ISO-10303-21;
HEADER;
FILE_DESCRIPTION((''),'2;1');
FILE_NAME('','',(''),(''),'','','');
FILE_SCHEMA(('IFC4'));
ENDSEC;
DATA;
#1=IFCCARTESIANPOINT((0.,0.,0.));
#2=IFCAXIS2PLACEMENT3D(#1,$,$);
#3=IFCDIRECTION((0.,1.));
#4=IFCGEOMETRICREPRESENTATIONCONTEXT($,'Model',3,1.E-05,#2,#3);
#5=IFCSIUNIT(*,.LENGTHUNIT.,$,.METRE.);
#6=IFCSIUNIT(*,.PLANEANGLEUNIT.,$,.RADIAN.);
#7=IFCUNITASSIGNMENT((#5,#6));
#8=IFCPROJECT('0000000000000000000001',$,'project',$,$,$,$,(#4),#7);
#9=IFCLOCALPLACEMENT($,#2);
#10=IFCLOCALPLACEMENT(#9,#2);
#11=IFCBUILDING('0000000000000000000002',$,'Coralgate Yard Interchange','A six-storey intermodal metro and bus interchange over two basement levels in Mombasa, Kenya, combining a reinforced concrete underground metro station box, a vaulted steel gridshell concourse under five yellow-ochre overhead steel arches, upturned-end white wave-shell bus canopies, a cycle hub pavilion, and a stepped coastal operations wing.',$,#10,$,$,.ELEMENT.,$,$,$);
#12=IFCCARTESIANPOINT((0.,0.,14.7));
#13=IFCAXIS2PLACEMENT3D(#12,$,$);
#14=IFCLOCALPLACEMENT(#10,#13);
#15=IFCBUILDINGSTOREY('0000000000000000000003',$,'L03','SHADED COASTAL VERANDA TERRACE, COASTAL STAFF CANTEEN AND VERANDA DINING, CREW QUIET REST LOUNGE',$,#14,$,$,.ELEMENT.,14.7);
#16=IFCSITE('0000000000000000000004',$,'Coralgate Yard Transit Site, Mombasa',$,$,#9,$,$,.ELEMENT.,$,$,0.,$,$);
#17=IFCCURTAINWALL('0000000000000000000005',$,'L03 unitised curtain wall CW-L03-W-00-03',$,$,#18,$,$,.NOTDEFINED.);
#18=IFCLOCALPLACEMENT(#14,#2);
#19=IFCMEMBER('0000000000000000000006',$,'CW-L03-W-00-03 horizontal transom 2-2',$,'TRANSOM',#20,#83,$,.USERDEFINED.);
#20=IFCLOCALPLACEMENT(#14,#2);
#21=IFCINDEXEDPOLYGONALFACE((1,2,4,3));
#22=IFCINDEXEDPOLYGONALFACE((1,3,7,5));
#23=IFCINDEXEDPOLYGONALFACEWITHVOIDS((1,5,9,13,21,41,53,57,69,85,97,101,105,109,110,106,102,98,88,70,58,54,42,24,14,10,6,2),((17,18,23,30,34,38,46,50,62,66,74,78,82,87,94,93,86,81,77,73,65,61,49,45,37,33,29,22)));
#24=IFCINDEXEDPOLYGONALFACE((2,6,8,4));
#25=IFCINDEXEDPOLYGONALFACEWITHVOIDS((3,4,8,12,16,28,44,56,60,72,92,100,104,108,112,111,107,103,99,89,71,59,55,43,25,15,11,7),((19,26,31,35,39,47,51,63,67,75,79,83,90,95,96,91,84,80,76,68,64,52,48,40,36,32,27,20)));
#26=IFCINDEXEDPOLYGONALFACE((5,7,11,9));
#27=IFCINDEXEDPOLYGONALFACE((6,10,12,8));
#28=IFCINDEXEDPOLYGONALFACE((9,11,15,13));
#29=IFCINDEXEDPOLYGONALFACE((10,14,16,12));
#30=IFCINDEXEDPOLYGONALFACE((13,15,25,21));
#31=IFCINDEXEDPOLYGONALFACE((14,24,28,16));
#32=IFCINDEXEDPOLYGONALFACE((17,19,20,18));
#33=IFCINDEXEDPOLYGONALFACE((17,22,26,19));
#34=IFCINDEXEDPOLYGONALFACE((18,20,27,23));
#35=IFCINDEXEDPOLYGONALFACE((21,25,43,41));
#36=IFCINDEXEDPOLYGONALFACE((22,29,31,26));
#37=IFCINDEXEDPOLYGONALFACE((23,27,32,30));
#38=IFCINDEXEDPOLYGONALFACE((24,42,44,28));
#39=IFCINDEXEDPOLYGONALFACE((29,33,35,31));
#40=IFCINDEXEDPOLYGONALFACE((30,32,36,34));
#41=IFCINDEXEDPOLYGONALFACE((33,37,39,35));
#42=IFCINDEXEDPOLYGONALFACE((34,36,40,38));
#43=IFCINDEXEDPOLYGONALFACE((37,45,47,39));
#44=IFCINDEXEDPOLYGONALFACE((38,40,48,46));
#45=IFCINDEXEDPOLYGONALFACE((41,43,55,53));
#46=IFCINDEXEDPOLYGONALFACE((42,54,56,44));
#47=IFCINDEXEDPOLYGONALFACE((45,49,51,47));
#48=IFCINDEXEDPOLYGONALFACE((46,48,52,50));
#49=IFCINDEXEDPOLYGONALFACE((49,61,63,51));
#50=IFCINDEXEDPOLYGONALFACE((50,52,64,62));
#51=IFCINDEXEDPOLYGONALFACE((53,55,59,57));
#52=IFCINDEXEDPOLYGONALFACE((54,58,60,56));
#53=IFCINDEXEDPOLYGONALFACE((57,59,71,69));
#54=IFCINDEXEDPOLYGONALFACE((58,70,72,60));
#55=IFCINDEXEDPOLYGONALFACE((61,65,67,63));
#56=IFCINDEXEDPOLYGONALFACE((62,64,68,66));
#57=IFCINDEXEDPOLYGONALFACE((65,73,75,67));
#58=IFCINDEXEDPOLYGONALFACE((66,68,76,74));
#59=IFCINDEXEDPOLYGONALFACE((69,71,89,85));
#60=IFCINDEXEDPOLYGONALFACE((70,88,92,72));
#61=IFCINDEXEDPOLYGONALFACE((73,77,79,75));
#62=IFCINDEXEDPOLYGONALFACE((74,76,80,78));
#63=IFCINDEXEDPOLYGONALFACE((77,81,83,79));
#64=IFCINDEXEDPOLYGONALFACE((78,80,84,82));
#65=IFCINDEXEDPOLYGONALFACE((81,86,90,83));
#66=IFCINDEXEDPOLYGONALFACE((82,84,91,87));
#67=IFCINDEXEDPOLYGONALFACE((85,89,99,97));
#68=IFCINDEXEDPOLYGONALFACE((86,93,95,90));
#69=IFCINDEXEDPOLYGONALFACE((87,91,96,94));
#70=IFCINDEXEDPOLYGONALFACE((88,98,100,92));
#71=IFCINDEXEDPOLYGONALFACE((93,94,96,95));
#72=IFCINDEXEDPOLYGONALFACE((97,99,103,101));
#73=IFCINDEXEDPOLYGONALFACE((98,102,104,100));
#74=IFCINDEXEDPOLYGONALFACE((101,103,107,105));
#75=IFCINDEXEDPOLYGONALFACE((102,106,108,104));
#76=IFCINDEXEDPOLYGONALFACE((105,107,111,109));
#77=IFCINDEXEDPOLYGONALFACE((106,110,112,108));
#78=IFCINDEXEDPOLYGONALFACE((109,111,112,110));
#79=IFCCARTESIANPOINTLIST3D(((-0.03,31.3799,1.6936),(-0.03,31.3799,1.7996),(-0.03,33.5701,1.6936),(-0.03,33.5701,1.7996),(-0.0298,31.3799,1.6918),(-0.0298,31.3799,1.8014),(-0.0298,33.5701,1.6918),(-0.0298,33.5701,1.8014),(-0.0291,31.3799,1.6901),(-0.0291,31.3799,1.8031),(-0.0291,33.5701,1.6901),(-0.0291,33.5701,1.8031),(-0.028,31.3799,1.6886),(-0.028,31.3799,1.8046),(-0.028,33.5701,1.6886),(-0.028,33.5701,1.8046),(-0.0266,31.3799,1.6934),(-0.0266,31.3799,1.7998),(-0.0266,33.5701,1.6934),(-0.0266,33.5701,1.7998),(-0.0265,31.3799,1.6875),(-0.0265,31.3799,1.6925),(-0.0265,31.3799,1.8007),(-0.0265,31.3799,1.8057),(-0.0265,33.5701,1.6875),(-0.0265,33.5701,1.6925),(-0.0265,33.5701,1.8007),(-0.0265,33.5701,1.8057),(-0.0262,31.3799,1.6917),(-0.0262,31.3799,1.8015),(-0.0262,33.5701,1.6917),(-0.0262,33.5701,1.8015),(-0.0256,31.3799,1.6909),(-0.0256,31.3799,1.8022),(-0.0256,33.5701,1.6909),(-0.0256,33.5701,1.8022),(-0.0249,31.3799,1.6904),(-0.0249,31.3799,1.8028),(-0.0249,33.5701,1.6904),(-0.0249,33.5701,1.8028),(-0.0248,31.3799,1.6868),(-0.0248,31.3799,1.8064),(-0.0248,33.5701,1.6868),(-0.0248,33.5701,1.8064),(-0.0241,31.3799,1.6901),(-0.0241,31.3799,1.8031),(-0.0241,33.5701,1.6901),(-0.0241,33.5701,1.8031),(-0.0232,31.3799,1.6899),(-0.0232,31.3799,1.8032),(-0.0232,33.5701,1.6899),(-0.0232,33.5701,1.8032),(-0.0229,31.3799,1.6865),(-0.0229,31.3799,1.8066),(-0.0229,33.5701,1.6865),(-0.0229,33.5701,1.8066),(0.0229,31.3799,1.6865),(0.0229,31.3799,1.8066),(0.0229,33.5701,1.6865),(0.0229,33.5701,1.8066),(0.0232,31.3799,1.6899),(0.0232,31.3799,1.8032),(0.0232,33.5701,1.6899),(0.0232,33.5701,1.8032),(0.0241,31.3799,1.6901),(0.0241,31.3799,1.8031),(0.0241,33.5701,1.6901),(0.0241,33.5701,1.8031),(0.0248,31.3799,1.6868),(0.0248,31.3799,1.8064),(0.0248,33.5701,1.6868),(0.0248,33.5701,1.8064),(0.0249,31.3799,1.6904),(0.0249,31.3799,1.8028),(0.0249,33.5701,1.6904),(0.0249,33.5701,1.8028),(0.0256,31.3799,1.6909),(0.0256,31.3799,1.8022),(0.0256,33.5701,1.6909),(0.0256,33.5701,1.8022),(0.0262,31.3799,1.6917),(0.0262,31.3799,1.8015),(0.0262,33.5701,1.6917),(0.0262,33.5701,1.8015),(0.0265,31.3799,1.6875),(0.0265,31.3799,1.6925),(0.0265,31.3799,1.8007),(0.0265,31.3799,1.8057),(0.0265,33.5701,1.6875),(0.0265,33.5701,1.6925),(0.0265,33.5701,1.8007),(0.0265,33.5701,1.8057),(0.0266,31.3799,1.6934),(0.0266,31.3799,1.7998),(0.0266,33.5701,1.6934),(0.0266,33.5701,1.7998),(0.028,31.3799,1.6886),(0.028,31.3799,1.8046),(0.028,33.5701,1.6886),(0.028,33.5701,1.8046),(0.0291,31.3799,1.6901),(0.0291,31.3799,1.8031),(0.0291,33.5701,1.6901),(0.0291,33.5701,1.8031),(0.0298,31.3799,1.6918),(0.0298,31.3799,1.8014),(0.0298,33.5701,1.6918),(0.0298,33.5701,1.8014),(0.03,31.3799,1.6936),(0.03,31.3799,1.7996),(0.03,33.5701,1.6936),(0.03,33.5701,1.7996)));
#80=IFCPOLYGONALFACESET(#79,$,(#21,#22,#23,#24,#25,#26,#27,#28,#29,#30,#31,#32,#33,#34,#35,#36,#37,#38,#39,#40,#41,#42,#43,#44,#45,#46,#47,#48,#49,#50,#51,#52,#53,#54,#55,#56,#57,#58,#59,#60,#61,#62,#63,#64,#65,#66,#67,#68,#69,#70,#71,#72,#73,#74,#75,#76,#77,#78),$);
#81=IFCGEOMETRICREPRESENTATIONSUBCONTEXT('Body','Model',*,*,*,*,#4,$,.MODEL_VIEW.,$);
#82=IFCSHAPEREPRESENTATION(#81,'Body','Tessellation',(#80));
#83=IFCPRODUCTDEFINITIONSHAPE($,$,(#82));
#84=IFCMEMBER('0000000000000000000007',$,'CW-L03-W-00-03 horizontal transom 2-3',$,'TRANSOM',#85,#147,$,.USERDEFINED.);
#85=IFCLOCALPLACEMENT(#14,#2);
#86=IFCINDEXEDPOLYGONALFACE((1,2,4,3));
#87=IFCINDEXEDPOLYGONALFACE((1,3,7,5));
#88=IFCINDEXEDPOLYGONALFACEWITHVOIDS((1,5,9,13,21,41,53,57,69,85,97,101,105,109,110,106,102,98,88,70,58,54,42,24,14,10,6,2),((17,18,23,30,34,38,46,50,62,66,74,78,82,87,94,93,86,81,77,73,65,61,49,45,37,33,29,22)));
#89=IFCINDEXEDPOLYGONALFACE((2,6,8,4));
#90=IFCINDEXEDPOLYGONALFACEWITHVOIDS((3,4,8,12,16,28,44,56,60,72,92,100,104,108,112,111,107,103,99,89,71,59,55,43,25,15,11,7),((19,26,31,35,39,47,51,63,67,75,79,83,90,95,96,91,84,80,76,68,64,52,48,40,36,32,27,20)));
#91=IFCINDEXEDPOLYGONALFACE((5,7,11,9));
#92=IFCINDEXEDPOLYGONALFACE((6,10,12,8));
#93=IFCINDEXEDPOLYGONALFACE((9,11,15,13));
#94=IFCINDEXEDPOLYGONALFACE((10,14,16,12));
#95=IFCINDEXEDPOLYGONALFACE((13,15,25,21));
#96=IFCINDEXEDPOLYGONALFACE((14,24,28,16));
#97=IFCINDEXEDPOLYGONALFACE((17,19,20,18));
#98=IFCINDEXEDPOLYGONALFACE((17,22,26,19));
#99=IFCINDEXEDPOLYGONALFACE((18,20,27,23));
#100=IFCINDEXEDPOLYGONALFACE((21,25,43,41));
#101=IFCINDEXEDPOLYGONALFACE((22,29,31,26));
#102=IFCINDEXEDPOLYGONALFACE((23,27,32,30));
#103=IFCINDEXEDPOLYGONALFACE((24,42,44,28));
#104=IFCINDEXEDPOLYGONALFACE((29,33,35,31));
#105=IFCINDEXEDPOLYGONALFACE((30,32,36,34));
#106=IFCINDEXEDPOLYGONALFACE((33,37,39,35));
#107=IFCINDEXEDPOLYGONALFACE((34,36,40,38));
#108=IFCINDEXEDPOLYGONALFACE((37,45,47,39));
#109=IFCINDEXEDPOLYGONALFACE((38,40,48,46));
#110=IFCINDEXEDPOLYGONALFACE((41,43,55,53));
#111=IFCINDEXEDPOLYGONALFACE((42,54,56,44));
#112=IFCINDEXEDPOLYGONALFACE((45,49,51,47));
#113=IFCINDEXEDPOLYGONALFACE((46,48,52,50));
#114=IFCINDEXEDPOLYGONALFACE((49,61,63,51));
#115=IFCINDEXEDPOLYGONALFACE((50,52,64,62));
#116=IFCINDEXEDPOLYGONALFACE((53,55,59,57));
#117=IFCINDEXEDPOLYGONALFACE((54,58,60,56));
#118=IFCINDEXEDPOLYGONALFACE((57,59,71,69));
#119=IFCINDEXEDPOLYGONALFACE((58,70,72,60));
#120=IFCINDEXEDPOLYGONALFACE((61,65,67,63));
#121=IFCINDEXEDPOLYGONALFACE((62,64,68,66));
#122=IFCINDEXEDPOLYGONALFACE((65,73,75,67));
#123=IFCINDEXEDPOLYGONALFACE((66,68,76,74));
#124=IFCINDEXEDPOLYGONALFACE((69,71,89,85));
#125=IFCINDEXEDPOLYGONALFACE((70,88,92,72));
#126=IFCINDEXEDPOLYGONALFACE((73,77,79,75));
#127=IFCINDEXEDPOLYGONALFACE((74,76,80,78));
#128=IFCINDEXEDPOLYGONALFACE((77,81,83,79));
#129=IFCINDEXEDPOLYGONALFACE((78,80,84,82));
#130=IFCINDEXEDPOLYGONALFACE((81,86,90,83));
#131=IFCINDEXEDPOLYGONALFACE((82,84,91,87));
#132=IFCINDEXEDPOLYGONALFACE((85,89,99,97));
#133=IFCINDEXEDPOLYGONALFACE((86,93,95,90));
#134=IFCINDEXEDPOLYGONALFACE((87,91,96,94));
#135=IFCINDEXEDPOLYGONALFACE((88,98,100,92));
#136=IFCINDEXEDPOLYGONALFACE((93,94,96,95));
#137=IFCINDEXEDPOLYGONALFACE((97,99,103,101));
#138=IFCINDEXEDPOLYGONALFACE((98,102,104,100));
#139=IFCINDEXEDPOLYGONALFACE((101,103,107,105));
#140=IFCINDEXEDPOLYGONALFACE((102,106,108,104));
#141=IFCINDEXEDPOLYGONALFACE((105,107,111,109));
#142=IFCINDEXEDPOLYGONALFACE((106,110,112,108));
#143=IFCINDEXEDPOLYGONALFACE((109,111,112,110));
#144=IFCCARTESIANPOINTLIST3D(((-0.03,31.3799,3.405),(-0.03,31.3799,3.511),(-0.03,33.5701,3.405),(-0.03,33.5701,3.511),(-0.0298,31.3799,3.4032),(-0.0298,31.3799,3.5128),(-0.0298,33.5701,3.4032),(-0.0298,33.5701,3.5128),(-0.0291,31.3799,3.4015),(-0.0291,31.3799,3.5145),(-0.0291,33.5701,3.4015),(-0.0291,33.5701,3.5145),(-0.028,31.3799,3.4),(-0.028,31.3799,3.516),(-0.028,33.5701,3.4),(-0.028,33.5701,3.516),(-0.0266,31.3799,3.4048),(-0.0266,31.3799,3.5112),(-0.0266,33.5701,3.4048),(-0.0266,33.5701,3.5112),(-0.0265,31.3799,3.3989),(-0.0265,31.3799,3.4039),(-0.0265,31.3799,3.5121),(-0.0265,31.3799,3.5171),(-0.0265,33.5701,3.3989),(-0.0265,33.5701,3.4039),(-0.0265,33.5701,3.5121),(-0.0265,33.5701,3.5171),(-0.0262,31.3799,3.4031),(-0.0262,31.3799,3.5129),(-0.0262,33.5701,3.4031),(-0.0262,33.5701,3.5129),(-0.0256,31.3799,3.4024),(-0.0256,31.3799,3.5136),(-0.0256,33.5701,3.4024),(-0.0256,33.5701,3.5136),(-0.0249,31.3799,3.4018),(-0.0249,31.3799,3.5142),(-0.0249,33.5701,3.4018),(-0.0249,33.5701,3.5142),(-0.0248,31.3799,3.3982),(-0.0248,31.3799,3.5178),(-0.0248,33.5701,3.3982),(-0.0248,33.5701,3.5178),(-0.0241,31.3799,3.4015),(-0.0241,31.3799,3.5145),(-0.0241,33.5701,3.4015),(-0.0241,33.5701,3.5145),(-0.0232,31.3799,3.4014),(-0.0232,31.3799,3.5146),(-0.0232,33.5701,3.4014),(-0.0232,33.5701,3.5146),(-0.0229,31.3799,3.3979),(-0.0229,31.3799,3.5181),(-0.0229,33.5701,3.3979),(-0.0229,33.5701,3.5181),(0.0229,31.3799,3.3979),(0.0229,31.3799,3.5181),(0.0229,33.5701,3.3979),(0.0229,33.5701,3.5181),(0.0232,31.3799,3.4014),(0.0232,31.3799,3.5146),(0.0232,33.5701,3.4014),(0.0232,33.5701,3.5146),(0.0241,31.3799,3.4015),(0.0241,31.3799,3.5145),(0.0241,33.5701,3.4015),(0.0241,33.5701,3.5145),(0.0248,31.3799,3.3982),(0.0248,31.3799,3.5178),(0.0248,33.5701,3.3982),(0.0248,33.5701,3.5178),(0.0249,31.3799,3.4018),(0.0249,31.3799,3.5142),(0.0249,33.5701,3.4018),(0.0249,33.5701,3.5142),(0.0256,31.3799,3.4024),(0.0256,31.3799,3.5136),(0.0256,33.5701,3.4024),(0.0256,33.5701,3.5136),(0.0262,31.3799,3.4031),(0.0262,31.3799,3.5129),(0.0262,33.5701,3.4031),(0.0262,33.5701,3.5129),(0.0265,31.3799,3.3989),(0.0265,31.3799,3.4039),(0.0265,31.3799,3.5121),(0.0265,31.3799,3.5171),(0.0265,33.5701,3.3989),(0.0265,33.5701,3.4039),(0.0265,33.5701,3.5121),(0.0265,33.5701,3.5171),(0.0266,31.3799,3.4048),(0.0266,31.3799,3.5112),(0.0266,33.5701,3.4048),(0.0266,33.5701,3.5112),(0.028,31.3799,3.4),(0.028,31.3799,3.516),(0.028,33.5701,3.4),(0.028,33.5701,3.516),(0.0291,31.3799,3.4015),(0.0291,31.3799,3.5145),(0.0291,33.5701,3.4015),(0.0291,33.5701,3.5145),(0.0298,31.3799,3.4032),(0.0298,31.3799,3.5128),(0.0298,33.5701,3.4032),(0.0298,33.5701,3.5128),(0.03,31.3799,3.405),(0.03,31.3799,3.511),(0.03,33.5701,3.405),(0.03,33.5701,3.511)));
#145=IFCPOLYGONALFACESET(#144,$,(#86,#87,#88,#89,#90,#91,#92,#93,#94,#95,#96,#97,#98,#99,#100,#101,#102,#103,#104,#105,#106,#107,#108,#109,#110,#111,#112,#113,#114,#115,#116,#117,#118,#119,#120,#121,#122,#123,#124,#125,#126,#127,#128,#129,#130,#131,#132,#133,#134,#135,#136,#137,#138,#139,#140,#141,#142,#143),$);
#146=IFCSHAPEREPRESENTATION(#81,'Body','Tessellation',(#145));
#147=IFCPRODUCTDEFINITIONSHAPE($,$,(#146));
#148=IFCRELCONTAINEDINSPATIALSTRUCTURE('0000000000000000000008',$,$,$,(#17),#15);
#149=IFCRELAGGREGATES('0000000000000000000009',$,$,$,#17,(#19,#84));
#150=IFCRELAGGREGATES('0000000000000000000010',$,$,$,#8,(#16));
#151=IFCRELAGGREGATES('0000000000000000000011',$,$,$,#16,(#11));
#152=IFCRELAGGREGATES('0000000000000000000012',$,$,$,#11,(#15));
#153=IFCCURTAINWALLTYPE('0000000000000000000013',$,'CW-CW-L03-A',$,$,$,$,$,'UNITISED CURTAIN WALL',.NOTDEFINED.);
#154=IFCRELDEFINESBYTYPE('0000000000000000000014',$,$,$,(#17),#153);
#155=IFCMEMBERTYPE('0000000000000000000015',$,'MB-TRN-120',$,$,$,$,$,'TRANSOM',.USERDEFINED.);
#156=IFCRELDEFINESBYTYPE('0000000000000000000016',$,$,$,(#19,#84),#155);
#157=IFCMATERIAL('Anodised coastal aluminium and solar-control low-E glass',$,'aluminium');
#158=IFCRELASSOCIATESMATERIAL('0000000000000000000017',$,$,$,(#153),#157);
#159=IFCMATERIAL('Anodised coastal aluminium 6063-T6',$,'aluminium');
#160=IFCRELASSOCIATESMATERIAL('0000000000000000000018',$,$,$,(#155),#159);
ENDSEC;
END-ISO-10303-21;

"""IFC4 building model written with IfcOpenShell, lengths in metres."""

from ifc_helpers import new_model, si_unit, direction, frame, origin, origin_2d, place, context, subcontext, project, spatial, hollow_rectangle, extrude, material, material_profile, profile_set, type_object, element, aggregate, save


model = new_model("IFC4")

# Units and contexts
model_context = context("Model", 3, precision=1e-05, world=origin(), true_north=direction((0.0, 1.0)))
body_context = subcontext(model_context, "Body", "Model", "MODEL_VIEW")
ifc_project = project(units=[si_unit("LENGTHUNIT", "METRE"), si_unit("PLANEANGLEUNIT", "RADIAN")], contexts=[model_context])

# Site, building, storey
site_placement = place(None, origin())
site = spatial("IfcSite", under=ifc_project, at=site_placement, Name="Coralgate Yard Transit Site, Mombasa", CompositionType="ELEMENT", RefElevation=0.0)
building_placement = place(site_placement, origin())
building = spatial("IfcBuilding", under=site, at=building_placement, Name="Coralgate Yard Interchange", Description="A six-storey intermodal metro and bus interchange over two basement levels in Mombasa, Kenya, combining a reinforced concrete underground metro station box, a vaulted steel gridshell concourse under five yellow-ochre overhead steel arches, upturned-end white wave-shell bus canopies, a cycle hub pavilion, and a stepped coastal operations wing.", CompositionType="ELEMENT")
storey_placement = place(building_placement, frame((0.0, 0.0, 14.7)))
storey = spatial("IfcBuildingStorey", under=building, at=storey_placement, Name="L03", Description="SHADED COASTAL VERANDA TERRACE, COASTAL STAFF CANTEEN AND VERANDA DINING, CREW QUIET REST LOUNGE", CompositionType="ELEMENT", Elevation=14.7)

# Curtain wall, members
ifc_material_1 = material(Name="Anodised coastal aluminium and solar-control low-E glass", Category="aluminium")
curtain_wall_type = type_object("IfcCurtainWallType", Name="CW-CW-L03-A", ElementType="UNITISED CURTAIN WALL", PredefinedType="NOTDEFINED", material=ifc_material_1)
curtain_wall_placement = place(storey_placement, origin())
curtain_wall = element("IfcCurtainWall", 1, at=curtain_wall_placement, inside=storey, type_object=curtain_wall_type, Name="L03 unitised curtain wall CW-L03-W-00-03", PredefinedType="NOTDEFINED")
ifc_material_2 = material(Name="Anodised coastal aluminium 6063-T6", Category="aluminium")
ifc_material_profile_1 = material_profile(ifc_material_2, hollow_rectangle(XDim=0.0601, YDim=0.1201, WallThickness=0.0034, InnerFilletRadius=0.0034, OuterFilletRadius=0.0071, at=origin_2d()), Name="ALU 60x120x3.5")
ifc_profile_set_1 = profile_set([ifc_material_profile_1], Name="Anodised coastal aluminium 6063-T6")
member_type_1 = type_object("IfcMemberType", Name="MB-TRN-120", ElementType="TRANSOM", PredefinedType="USERDEFINED", material=ifc_profile_set_1)
member_1_placement = place(storey_placement, frame((0.0, 31.3799, 1.7466), z_axis=(0.0, 1.0, 0.0), x_axis=(-1.0, 0.0, 0.0)))
member_1 = element("IfcMember", 2, at=member_1_placement, type_object=member_type_1, Name="CW-L03-W-00-03 horizontal transom 2-2", ObjectType="TRANSOM", PredefinedType="USERDEFINED", context=body_context, shape_type="SweptSolid", body=[
    extrude(hollow_rectangle(XDim=0.0601, YDim=0.1201, WallThickness=0.0034, InnerFilletRadius=0.0034, OuterFilletRadius=0.0071, at=origin_2d()), origin(), (0.0, 0.0, 1.0), 2.1902),
])
member_2_placement = place(storey_placement, frame((0.0, 31.3799, 3.458), z_axis=(0.0, 1.0, 0.0), x_axis=(-1.0, 0.0, 0.0)))
member_2 = element("IfcMember", 3, at=member_2_placement, type_object=member_type_1, Name="CW-L03-W-00-03 horizontal transom 2-3", ObjectType="TRANSOM", PredefinedType="USERDEFINED", context=body_context, shape_type="SweptSolid", body=[
    extrude(hollow_rectangle(XDim=0.0601, YDim=0.1201, WallThickness=0.0034, InnerFilletRadius=0.0034, OuterFilletRadius=0.0071, at=origin_2d()), origin(), (0.0, 0.0, 1.0), 2.1902),
])
aggregate(curtain_wall, [member_1, member_2])

save(model, "model.ifc")
